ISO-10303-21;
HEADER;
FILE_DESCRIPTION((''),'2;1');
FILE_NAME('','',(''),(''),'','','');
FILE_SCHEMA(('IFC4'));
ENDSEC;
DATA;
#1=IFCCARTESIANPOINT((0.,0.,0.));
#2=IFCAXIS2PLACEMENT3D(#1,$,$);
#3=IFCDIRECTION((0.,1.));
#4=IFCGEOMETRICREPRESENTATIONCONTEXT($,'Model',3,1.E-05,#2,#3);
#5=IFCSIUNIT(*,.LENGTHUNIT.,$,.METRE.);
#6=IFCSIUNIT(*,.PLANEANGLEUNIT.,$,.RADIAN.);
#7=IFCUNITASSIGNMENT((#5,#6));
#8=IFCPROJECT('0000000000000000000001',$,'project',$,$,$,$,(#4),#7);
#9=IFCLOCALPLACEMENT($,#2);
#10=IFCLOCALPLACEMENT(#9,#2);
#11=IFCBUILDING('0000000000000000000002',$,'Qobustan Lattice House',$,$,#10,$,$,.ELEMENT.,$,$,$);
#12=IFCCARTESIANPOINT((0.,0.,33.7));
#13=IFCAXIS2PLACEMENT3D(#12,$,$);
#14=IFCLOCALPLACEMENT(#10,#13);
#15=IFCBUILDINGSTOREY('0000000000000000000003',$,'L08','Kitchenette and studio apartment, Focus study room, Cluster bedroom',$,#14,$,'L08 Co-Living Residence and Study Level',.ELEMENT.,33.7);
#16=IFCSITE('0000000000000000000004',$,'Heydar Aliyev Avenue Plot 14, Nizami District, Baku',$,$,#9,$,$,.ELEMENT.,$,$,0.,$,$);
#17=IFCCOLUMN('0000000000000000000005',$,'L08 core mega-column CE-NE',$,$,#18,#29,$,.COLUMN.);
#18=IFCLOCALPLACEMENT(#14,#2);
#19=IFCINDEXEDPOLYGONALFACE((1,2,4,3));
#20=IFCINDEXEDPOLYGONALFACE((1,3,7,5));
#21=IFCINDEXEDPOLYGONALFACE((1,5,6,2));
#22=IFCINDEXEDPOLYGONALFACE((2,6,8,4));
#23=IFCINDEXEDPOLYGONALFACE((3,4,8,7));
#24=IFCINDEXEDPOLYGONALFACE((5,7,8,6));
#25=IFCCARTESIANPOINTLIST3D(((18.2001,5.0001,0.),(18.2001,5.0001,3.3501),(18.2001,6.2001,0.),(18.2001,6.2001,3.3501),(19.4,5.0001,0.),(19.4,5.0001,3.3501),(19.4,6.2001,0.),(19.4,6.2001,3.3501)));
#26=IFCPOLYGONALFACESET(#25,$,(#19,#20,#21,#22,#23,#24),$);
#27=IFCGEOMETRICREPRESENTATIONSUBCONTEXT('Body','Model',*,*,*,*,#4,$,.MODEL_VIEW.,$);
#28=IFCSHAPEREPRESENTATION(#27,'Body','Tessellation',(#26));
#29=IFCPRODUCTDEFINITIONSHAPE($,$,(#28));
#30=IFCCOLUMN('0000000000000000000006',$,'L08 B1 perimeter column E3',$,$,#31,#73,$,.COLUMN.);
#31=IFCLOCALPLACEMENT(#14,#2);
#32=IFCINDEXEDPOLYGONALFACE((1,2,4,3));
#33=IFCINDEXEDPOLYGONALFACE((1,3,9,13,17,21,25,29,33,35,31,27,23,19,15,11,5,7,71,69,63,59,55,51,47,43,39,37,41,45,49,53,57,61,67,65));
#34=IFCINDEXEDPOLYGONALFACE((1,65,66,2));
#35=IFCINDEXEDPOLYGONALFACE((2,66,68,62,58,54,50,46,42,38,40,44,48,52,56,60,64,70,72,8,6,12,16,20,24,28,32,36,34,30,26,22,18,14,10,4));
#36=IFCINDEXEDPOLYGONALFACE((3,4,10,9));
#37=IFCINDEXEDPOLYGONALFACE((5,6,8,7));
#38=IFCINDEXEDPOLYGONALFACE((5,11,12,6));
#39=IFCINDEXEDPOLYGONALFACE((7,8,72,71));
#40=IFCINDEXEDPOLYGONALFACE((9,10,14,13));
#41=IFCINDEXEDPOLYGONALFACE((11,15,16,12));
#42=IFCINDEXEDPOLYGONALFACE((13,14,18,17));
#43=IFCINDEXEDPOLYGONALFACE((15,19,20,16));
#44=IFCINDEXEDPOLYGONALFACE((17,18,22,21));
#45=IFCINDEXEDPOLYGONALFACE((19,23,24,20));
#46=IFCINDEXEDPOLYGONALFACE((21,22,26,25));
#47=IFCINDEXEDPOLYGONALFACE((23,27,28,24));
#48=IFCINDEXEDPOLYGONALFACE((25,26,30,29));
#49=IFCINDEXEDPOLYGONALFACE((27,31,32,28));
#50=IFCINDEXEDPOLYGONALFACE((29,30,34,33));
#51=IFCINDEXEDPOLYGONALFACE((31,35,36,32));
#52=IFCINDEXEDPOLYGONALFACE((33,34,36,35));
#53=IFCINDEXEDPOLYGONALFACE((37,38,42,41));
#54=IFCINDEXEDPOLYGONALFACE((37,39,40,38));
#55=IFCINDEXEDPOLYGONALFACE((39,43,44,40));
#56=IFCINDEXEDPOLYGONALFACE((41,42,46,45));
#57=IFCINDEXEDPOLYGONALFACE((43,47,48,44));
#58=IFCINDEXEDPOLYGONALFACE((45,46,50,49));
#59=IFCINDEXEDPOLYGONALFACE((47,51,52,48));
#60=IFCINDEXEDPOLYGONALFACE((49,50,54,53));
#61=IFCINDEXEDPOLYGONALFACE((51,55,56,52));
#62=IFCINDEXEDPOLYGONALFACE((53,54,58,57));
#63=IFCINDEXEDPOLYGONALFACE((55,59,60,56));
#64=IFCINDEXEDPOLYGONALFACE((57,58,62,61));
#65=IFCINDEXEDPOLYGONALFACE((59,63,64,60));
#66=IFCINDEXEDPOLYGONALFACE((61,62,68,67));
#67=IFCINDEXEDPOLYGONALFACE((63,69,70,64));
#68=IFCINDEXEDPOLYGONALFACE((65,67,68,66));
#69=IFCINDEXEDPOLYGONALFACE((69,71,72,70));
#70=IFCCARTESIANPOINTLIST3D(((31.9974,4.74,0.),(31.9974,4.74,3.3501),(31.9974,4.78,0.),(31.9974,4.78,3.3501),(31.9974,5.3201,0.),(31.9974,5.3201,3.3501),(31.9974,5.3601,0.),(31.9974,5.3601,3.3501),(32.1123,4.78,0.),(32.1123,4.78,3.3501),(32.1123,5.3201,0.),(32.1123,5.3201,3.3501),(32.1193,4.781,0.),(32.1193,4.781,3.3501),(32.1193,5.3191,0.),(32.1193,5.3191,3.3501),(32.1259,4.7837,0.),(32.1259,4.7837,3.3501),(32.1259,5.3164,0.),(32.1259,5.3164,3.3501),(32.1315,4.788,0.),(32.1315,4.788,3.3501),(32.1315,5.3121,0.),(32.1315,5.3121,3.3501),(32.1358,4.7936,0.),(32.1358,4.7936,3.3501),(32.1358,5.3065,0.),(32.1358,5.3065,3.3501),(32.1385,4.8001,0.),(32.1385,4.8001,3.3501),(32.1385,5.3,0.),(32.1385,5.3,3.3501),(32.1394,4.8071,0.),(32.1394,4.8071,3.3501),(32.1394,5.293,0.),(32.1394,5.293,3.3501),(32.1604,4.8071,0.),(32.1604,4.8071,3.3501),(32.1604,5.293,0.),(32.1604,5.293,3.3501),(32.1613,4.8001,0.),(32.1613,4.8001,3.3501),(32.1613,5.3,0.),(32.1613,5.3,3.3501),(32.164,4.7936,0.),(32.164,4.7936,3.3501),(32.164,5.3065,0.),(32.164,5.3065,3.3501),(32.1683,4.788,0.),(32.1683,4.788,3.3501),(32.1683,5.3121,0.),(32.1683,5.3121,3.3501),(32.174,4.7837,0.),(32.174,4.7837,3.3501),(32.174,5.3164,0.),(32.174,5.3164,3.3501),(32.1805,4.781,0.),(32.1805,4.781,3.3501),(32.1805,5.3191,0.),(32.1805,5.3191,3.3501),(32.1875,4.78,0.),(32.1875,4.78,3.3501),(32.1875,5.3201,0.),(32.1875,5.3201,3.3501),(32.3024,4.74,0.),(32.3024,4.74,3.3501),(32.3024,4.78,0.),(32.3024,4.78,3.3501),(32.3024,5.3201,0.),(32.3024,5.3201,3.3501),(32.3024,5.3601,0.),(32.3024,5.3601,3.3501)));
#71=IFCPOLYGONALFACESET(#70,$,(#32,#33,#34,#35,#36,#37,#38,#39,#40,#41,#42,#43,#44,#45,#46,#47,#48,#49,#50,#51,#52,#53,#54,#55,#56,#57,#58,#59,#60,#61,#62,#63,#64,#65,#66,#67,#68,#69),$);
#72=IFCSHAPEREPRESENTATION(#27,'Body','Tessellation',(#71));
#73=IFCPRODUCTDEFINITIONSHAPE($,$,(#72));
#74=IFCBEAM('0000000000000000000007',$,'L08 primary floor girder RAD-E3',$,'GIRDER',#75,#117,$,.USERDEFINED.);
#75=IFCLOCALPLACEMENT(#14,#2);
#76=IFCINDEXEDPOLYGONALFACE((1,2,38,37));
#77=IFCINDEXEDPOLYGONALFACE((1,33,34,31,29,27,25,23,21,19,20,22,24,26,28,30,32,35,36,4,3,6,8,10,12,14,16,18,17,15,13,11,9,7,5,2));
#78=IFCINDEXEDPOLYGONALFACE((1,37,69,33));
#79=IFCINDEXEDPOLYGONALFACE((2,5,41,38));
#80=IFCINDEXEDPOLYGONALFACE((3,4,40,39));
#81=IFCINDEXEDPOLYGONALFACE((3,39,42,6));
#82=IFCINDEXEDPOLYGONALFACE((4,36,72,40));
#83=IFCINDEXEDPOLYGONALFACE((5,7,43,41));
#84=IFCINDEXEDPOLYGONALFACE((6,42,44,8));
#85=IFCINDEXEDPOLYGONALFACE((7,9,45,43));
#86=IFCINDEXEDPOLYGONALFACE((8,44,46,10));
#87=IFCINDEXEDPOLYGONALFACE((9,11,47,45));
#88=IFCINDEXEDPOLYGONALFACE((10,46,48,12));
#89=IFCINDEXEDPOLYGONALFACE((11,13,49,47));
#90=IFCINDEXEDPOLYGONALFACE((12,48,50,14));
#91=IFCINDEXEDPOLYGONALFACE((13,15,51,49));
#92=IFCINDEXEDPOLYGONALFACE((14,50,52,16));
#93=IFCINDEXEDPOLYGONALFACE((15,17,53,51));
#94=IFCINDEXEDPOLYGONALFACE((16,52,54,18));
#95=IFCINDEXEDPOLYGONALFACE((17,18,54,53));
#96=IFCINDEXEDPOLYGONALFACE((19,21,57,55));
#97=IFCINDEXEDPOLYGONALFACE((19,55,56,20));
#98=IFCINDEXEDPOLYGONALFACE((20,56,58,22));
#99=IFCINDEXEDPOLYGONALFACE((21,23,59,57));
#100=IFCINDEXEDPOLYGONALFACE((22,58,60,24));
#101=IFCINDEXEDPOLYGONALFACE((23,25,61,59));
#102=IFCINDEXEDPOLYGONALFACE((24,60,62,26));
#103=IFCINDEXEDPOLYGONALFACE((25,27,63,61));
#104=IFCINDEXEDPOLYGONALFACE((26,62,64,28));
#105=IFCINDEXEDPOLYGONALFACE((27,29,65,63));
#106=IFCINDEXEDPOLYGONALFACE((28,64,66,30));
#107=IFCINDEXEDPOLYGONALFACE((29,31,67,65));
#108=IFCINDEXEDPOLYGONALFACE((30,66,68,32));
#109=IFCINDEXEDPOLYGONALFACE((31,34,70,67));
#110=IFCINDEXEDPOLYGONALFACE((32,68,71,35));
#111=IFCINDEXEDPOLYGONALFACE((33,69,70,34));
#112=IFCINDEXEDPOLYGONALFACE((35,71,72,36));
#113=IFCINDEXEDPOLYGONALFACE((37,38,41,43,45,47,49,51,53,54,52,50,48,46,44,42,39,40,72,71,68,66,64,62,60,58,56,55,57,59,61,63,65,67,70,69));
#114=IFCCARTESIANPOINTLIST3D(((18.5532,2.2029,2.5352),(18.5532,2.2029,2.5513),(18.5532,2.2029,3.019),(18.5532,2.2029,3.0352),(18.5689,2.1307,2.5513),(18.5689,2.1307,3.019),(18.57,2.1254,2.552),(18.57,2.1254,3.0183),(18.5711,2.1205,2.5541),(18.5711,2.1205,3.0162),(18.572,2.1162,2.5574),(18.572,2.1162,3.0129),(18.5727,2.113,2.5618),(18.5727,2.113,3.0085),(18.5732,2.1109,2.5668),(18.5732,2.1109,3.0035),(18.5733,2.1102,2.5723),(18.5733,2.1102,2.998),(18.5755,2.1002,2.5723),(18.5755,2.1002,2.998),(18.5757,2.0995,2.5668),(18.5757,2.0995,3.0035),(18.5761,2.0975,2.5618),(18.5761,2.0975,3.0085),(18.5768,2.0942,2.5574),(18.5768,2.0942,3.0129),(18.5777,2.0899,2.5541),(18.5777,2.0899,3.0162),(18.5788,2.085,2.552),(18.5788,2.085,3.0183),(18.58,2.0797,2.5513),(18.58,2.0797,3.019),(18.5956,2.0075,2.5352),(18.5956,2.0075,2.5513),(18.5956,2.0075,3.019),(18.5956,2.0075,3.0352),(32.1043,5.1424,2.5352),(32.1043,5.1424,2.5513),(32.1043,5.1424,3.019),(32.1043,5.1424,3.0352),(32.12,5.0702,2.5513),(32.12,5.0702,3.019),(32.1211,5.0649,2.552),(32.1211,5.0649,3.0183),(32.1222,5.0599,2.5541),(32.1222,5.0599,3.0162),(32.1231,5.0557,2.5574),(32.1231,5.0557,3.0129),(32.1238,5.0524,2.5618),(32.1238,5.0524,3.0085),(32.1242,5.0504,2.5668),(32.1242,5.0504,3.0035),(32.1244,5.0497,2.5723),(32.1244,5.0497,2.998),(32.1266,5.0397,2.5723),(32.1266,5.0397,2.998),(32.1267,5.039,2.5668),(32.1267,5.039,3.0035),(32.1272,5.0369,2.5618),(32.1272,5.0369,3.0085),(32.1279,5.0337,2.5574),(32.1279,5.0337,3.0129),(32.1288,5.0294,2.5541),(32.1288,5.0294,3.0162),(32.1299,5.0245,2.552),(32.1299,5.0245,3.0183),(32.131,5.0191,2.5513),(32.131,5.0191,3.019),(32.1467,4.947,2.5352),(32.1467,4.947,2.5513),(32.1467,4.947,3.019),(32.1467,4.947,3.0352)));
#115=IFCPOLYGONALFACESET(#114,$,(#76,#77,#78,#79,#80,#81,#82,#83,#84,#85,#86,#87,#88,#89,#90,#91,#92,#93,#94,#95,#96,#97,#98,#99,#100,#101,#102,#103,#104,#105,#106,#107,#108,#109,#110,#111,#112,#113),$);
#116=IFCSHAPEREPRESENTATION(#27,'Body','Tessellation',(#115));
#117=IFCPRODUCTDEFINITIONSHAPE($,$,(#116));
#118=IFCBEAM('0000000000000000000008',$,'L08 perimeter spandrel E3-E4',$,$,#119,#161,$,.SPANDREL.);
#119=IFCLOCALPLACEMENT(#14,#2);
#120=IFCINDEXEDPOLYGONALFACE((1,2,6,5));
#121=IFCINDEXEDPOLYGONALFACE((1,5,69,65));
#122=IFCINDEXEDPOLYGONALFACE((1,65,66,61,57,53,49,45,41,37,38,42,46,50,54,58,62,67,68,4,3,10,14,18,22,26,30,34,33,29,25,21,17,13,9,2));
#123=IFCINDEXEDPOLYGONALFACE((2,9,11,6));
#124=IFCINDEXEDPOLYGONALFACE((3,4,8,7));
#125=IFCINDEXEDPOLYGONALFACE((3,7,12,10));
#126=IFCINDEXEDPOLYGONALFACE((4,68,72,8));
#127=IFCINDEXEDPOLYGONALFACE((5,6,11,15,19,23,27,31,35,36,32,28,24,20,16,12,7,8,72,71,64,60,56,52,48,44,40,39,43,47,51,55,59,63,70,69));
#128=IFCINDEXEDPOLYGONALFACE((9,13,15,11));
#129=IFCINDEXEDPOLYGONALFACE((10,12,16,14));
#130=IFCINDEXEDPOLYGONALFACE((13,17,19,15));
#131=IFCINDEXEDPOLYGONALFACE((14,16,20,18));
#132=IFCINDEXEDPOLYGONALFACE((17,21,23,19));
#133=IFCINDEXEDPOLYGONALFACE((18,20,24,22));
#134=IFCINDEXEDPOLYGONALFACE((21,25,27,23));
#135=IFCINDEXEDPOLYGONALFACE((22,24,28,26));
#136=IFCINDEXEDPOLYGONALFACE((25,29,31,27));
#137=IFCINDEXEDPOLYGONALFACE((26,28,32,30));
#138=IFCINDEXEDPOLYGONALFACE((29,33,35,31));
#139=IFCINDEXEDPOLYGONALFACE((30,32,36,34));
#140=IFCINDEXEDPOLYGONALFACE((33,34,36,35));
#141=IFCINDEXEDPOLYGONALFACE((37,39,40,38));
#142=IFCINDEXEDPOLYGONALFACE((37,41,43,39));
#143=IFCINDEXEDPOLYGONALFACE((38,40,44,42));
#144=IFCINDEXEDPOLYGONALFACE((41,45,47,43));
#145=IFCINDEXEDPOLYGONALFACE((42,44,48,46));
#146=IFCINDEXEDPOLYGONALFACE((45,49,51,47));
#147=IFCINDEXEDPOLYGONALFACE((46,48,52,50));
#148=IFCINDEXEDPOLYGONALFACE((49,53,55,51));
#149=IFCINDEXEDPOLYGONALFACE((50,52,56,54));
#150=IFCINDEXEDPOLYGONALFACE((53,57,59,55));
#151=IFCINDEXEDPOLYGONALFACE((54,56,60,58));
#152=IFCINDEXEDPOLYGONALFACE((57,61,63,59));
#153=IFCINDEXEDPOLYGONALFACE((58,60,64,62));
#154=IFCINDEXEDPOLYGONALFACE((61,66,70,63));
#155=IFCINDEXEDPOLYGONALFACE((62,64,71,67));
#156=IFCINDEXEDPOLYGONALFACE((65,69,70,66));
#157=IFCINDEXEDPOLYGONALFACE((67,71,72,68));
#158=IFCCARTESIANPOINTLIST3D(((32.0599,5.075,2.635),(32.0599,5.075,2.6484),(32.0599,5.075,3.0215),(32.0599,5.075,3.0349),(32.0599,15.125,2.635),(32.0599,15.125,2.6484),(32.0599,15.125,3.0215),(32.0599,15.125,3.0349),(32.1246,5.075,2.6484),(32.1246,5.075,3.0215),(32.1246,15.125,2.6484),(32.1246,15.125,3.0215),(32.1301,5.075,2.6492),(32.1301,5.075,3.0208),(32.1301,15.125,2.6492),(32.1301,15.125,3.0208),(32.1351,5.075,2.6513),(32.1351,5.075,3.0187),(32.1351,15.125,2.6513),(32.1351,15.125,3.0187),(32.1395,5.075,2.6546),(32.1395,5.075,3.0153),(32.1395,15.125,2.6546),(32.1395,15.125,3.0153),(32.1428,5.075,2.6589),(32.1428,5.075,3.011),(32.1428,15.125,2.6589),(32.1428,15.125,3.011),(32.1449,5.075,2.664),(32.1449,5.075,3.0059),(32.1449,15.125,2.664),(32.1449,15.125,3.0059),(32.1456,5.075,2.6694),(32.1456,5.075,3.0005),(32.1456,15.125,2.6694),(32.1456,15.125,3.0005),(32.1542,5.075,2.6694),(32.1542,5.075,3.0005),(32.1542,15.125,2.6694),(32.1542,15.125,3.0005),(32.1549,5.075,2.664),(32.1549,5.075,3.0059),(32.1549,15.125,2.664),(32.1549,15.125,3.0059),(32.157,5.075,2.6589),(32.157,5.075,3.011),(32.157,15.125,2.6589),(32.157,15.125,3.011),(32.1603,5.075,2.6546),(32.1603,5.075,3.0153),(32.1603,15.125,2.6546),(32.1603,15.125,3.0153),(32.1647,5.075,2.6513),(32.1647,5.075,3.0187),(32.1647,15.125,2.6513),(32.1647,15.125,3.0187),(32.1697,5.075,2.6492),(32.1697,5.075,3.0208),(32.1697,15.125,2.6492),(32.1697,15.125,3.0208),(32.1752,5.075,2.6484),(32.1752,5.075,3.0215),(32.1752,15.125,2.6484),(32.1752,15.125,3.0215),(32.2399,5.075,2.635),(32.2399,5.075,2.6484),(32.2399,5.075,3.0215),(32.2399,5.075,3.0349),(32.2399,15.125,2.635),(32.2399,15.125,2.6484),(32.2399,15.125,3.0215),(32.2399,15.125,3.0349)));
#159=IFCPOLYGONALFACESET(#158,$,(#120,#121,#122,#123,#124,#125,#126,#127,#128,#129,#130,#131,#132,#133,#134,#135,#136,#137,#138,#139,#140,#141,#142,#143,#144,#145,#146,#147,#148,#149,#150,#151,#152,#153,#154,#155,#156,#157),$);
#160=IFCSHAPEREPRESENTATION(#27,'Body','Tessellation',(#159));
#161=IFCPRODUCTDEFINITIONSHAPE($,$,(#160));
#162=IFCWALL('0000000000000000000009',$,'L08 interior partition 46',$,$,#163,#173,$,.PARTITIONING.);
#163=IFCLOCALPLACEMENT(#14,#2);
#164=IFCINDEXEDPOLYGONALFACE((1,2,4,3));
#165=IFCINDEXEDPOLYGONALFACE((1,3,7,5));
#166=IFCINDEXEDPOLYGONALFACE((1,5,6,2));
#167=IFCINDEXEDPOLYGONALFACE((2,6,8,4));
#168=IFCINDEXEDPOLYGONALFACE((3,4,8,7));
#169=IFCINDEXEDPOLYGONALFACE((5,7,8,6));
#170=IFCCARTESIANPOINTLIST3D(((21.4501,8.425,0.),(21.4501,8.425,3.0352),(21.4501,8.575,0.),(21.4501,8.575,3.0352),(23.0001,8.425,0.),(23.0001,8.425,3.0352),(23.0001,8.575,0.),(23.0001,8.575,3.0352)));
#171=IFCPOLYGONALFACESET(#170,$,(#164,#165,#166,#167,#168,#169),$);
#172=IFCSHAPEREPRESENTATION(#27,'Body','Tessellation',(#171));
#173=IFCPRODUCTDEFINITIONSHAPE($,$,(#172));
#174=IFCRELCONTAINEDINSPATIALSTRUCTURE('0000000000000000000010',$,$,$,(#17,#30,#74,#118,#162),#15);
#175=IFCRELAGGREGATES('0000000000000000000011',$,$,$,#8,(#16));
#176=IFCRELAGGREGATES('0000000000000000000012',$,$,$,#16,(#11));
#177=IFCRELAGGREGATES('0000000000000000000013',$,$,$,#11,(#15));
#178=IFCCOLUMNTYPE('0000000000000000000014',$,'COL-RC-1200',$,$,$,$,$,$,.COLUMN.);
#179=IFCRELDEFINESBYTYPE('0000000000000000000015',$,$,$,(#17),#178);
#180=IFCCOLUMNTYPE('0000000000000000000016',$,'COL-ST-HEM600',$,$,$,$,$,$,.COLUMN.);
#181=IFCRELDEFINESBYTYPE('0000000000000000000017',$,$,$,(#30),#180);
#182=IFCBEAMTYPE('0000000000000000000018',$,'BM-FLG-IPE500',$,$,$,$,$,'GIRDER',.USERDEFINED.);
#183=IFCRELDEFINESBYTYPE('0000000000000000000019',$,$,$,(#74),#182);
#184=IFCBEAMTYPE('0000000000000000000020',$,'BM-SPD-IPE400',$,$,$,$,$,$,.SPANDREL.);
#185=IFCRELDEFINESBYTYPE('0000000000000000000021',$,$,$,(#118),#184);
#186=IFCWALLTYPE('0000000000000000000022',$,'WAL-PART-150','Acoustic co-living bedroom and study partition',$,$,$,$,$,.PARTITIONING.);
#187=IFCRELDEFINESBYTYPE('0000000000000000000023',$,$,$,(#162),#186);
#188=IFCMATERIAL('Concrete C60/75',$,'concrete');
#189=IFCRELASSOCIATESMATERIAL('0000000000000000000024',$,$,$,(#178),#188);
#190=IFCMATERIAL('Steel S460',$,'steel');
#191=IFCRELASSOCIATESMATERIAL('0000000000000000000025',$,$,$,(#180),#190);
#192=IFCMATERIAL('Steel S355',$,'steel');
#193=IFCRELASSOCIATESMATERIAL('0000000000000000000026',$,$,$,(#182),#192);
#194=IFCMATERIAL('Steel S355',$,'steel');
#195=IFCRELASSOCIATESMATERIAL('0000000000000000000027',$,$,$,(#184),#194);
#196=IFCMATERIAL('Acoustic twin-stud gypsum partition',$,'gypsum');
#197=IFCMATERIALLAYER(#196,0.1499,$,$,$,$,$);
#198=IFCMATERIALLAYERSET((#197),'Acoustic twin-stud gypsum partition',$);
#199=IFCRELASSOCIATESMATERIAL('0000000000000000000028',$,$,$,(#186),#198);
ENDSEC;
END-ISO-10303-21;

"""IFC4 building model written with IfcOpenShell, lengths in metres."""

from ifc_helpers import new_model, si_unit, direction, frame, frame_2d, origin, origin_2d, place, context, subcontext, project, spatial, rectangle, i_section, extrude, material, layer, layer_set, material_profile, profile_set, type_object, element, save


model = new_model("IFC4")

# Units and contexts
model_context = context("Model", 3, precision=1e-05, world=origin(), true_north=direction((0.0, 1.0)))
body_context = subcontext(model_context, "Body", "Model", "MODEL_VIEW")
ifc_project = project(units=[si_unit("LENGTHUNIT", "METRE"), si_unit("PLANEANGLEUNIT", "RADIAN")], contexts=[model_context])

# Site, building, storey
site_placement = place(None, origin())
site = spatial("IfcSite", under=ifc_project, at=site_placement, Name="Heydar Aliyev Avenue Plot 14, Nizami District, Baku", CompositionType="ELEMENT", RefElevation=0.0)
building_placement = place(site_placement, origin())
building = spatial("IfcBuilding", under=site, at=building_placement, Name="Qobustan Lattice House", CompositionType="ELEMENT")
storey_placement = place(building_placement, frame((0.0, 0.0, 33.7)))
storey = spatial("IfcBuildingStorey", under=building, at=storey_placement, Name="L08", Description="Kitchenette and studio apartment, Focus study room, Cluster bedroom", LongName="L08 Co-Living Residence and Study Level", CompositionType="ELEMENT", Elevation=33.7)

# Columns
ifc_material_1 = material(Name="Concrete C60/75", Category="concrete")
ifc_material_profile_1 = material_profile(ifc_material_1, rectangle(XDim=1.2, YDim=1.2, at=origin_2d()), Name="RC1200x1200")
ifc_profile_set_1 = profile_set([ifc_material_profile_1], Name="Concrete C60/75")
column_type_1 = type_object("IfcColumnType", Name="COL-RC-1200", PredefinedType="COLUMN", material=ifc_profile_set_1)
column_1_placement = place(storey_placement, frame((18.8, 5.6001, 0.0), z_axis=(0.0, 0.0, 1.0), x_axis=(1.0, 0.0, 0.0)))
element("IfcColumn", 1, at=column_1_placement, inside=storey, type_object=column_type_1, Name="L08 core mega-column CE-NE", PredefinedType="COLUMN", context=body_context, shape_type="SweptSolid", body=[
    extrude(rectangle(XDim=1.2, YDim=1.2, at=origin_2d()), origin(), (0.0, 0.0, 1.0), 3.3501),
])
ifc_material_2 = material(Name="Steel S460", Category="steel")
ifc_material_profile_2 = material_profile(ifc_material_2, i_section(OverallWidth=0.3049, OverallDepth=0.6201, WebThickness=0.021, FlangeThickness=0.04, FilletRadius=0.0271, at=origin_2d()), Name="HEM600")
ifc_profile_set_2 = profile_set([ifc_material_profile_2], Name="Steel S460")
column_type_2 = type_object("IfcColumnType", Name="COL-ST-HEM600", PredefinedType="COLUMN", material=ifc_profile_set_2)
column_2_placement = place(storey_placement, frame((32.1499, 5.05, 0.0), z_axis=(0.0, 0.0, 1.0), x_axis=(1.0, 0.0, 0.0)))
element("IfcColumn", 2, at=column_2_placement, inside=storey, type_object=column_type_2, Name="L08 B1 perimeter column E3", PredefinedType="COLUMN", context=body_context, shape_type="SweptSolid", body=[
    extrude(i_section(OverallWidth=0.3049, OverallDepth=0.6201, WebThickness=0.021, FlangeThickness=0.04, FilletRadius=0.0271, at=origin_2d()), origin(), (0.0, 0.0, 1.0), 3.3501),
])

# Beams
ifc_material_3 = material(Name="Steel S355", Category="steel")
ifc_material_profile_3 = material_profile(ifc_material_3, i_section(OverallWidth=0.2, OverallDepth=0.5, WebThickness=0.0103, FlangeThickness=0.0161, FilletRadius=0.021, at=origin_2d()), Name="IPE500")
ifc_profile_set_3 = profile_set([ifc_material_profile_3], Name="Steel S355")
beam_type_1 = type_object("IfcBeamType", Name="BM-FLG-IPE500", ElementType="GIRDER", PredefinedType="USERDEFINED", material=ifc_profile_set_3)
beam_1_placement = place(storey_placement, frame((32.1255, 5.0447, 2.7852), z_axis=(-0.977272, -0.211987, 0.0), x_axis=(0.211987, -0.977272, 0.0)))
element("IfcBeam", 3, at=beam_1_placement, inside=storey, type_object=beam_type_1, Name="L08 primary floor girder RAD-E3", ObjectType="GIRDER", PredefinedType="USERDEFINED", context=body_context, shape_type="SweptSolid", body=[
    extrude(i_section(OverallWidth=0.2, OverallDepth=0.5, WebThickness=0.0103, FlangeThickness=0.0161, FilletRadius=0.021, at=origin_2d()), origin(), (0.0, 0.0, 1.0), 13.8662),
])
ifc_material_4 = material(Name="Steel S355", Category="steel")
ifc_material_profile_4 = material_profile(ifc_material_4, i_section(OverallWidth=0.1799, OverallDepth=0.3999, WebThickness=0.0085, FlangeThickness=0.0134, FilletRadius=0.021, at=origin_2d()), Name="IPE400")
ifc_profile_set_4 = profile_set([ifc_material_profile_4], Name="Steel S355")
beam_type_2 = type_object("IfcBeamType", Name="BM-SPD-IPE400", PredefinedType="SPANDREL", material=ifc_profile_set_4)
beam_2_placement = place(storey_placement, frame((32.1499, 5.075, 2.835), z_axis=(0.0, 1.0, 0.0), x_axis=(-1.0, 0.0, 0.0)))
element("IfcBeam", 4, at=beam_2_placement, inside=storey, type_object=beam_type_2, Name="L08 perimeter spandrel E3-E4", PredefinedType="SPANDREL", context=body_context, shape_type="SweptSolid", body=[
    extrude(i_section(OverallWidth=0.1799, OverallDepth=0.3999, WebThickness=0.0085, FlangeThickness=0.0134, FilletRadius=0.021, at=origin_2d()), origin(), (0.0, 0.0, 1.0), 10.05),
])

# Wall
ifc_material_5 = material(Name="Acoustic twin-stud gypsum partition", Category="gypsum")
ifc_layer_1 = layer(ifc_material_5, 0.1499)
ifc_layer_set_1 = layer_set([ifc_layer_1], Name="Acoustic twin-stud gypsum partition")
wall_type_1 = type_object("IfcWallType", Name="WAL-PART-150", Description="Acoustic co-living bedroom and study partition", PredefinedType="PARTITIONING", material=ifc_layer_set_1)
wall_1_placement = place(storey_placement, frame((23.0, 8.5, 0.0), z_axis=(0.0, 0.0, 1.0), x_axis=(-1.0, 0.0, 0.0)))
element("IfcWall", 5, at=wall_1_placement, inside=storey, type_object=wall_type_1, Name="L08 interior partition 46", PredefinedType="PARTITIONING", context=body_context, shape_type="SweptSolid", body=[
    extrude(rectangle(XDim=1.55, YDim=0.1499, at=frame_2d((0.7749, 0.0))), origin(), (0.0, 0.0, 1.0), 3.0352),
])

save(model, "model.ifc")
